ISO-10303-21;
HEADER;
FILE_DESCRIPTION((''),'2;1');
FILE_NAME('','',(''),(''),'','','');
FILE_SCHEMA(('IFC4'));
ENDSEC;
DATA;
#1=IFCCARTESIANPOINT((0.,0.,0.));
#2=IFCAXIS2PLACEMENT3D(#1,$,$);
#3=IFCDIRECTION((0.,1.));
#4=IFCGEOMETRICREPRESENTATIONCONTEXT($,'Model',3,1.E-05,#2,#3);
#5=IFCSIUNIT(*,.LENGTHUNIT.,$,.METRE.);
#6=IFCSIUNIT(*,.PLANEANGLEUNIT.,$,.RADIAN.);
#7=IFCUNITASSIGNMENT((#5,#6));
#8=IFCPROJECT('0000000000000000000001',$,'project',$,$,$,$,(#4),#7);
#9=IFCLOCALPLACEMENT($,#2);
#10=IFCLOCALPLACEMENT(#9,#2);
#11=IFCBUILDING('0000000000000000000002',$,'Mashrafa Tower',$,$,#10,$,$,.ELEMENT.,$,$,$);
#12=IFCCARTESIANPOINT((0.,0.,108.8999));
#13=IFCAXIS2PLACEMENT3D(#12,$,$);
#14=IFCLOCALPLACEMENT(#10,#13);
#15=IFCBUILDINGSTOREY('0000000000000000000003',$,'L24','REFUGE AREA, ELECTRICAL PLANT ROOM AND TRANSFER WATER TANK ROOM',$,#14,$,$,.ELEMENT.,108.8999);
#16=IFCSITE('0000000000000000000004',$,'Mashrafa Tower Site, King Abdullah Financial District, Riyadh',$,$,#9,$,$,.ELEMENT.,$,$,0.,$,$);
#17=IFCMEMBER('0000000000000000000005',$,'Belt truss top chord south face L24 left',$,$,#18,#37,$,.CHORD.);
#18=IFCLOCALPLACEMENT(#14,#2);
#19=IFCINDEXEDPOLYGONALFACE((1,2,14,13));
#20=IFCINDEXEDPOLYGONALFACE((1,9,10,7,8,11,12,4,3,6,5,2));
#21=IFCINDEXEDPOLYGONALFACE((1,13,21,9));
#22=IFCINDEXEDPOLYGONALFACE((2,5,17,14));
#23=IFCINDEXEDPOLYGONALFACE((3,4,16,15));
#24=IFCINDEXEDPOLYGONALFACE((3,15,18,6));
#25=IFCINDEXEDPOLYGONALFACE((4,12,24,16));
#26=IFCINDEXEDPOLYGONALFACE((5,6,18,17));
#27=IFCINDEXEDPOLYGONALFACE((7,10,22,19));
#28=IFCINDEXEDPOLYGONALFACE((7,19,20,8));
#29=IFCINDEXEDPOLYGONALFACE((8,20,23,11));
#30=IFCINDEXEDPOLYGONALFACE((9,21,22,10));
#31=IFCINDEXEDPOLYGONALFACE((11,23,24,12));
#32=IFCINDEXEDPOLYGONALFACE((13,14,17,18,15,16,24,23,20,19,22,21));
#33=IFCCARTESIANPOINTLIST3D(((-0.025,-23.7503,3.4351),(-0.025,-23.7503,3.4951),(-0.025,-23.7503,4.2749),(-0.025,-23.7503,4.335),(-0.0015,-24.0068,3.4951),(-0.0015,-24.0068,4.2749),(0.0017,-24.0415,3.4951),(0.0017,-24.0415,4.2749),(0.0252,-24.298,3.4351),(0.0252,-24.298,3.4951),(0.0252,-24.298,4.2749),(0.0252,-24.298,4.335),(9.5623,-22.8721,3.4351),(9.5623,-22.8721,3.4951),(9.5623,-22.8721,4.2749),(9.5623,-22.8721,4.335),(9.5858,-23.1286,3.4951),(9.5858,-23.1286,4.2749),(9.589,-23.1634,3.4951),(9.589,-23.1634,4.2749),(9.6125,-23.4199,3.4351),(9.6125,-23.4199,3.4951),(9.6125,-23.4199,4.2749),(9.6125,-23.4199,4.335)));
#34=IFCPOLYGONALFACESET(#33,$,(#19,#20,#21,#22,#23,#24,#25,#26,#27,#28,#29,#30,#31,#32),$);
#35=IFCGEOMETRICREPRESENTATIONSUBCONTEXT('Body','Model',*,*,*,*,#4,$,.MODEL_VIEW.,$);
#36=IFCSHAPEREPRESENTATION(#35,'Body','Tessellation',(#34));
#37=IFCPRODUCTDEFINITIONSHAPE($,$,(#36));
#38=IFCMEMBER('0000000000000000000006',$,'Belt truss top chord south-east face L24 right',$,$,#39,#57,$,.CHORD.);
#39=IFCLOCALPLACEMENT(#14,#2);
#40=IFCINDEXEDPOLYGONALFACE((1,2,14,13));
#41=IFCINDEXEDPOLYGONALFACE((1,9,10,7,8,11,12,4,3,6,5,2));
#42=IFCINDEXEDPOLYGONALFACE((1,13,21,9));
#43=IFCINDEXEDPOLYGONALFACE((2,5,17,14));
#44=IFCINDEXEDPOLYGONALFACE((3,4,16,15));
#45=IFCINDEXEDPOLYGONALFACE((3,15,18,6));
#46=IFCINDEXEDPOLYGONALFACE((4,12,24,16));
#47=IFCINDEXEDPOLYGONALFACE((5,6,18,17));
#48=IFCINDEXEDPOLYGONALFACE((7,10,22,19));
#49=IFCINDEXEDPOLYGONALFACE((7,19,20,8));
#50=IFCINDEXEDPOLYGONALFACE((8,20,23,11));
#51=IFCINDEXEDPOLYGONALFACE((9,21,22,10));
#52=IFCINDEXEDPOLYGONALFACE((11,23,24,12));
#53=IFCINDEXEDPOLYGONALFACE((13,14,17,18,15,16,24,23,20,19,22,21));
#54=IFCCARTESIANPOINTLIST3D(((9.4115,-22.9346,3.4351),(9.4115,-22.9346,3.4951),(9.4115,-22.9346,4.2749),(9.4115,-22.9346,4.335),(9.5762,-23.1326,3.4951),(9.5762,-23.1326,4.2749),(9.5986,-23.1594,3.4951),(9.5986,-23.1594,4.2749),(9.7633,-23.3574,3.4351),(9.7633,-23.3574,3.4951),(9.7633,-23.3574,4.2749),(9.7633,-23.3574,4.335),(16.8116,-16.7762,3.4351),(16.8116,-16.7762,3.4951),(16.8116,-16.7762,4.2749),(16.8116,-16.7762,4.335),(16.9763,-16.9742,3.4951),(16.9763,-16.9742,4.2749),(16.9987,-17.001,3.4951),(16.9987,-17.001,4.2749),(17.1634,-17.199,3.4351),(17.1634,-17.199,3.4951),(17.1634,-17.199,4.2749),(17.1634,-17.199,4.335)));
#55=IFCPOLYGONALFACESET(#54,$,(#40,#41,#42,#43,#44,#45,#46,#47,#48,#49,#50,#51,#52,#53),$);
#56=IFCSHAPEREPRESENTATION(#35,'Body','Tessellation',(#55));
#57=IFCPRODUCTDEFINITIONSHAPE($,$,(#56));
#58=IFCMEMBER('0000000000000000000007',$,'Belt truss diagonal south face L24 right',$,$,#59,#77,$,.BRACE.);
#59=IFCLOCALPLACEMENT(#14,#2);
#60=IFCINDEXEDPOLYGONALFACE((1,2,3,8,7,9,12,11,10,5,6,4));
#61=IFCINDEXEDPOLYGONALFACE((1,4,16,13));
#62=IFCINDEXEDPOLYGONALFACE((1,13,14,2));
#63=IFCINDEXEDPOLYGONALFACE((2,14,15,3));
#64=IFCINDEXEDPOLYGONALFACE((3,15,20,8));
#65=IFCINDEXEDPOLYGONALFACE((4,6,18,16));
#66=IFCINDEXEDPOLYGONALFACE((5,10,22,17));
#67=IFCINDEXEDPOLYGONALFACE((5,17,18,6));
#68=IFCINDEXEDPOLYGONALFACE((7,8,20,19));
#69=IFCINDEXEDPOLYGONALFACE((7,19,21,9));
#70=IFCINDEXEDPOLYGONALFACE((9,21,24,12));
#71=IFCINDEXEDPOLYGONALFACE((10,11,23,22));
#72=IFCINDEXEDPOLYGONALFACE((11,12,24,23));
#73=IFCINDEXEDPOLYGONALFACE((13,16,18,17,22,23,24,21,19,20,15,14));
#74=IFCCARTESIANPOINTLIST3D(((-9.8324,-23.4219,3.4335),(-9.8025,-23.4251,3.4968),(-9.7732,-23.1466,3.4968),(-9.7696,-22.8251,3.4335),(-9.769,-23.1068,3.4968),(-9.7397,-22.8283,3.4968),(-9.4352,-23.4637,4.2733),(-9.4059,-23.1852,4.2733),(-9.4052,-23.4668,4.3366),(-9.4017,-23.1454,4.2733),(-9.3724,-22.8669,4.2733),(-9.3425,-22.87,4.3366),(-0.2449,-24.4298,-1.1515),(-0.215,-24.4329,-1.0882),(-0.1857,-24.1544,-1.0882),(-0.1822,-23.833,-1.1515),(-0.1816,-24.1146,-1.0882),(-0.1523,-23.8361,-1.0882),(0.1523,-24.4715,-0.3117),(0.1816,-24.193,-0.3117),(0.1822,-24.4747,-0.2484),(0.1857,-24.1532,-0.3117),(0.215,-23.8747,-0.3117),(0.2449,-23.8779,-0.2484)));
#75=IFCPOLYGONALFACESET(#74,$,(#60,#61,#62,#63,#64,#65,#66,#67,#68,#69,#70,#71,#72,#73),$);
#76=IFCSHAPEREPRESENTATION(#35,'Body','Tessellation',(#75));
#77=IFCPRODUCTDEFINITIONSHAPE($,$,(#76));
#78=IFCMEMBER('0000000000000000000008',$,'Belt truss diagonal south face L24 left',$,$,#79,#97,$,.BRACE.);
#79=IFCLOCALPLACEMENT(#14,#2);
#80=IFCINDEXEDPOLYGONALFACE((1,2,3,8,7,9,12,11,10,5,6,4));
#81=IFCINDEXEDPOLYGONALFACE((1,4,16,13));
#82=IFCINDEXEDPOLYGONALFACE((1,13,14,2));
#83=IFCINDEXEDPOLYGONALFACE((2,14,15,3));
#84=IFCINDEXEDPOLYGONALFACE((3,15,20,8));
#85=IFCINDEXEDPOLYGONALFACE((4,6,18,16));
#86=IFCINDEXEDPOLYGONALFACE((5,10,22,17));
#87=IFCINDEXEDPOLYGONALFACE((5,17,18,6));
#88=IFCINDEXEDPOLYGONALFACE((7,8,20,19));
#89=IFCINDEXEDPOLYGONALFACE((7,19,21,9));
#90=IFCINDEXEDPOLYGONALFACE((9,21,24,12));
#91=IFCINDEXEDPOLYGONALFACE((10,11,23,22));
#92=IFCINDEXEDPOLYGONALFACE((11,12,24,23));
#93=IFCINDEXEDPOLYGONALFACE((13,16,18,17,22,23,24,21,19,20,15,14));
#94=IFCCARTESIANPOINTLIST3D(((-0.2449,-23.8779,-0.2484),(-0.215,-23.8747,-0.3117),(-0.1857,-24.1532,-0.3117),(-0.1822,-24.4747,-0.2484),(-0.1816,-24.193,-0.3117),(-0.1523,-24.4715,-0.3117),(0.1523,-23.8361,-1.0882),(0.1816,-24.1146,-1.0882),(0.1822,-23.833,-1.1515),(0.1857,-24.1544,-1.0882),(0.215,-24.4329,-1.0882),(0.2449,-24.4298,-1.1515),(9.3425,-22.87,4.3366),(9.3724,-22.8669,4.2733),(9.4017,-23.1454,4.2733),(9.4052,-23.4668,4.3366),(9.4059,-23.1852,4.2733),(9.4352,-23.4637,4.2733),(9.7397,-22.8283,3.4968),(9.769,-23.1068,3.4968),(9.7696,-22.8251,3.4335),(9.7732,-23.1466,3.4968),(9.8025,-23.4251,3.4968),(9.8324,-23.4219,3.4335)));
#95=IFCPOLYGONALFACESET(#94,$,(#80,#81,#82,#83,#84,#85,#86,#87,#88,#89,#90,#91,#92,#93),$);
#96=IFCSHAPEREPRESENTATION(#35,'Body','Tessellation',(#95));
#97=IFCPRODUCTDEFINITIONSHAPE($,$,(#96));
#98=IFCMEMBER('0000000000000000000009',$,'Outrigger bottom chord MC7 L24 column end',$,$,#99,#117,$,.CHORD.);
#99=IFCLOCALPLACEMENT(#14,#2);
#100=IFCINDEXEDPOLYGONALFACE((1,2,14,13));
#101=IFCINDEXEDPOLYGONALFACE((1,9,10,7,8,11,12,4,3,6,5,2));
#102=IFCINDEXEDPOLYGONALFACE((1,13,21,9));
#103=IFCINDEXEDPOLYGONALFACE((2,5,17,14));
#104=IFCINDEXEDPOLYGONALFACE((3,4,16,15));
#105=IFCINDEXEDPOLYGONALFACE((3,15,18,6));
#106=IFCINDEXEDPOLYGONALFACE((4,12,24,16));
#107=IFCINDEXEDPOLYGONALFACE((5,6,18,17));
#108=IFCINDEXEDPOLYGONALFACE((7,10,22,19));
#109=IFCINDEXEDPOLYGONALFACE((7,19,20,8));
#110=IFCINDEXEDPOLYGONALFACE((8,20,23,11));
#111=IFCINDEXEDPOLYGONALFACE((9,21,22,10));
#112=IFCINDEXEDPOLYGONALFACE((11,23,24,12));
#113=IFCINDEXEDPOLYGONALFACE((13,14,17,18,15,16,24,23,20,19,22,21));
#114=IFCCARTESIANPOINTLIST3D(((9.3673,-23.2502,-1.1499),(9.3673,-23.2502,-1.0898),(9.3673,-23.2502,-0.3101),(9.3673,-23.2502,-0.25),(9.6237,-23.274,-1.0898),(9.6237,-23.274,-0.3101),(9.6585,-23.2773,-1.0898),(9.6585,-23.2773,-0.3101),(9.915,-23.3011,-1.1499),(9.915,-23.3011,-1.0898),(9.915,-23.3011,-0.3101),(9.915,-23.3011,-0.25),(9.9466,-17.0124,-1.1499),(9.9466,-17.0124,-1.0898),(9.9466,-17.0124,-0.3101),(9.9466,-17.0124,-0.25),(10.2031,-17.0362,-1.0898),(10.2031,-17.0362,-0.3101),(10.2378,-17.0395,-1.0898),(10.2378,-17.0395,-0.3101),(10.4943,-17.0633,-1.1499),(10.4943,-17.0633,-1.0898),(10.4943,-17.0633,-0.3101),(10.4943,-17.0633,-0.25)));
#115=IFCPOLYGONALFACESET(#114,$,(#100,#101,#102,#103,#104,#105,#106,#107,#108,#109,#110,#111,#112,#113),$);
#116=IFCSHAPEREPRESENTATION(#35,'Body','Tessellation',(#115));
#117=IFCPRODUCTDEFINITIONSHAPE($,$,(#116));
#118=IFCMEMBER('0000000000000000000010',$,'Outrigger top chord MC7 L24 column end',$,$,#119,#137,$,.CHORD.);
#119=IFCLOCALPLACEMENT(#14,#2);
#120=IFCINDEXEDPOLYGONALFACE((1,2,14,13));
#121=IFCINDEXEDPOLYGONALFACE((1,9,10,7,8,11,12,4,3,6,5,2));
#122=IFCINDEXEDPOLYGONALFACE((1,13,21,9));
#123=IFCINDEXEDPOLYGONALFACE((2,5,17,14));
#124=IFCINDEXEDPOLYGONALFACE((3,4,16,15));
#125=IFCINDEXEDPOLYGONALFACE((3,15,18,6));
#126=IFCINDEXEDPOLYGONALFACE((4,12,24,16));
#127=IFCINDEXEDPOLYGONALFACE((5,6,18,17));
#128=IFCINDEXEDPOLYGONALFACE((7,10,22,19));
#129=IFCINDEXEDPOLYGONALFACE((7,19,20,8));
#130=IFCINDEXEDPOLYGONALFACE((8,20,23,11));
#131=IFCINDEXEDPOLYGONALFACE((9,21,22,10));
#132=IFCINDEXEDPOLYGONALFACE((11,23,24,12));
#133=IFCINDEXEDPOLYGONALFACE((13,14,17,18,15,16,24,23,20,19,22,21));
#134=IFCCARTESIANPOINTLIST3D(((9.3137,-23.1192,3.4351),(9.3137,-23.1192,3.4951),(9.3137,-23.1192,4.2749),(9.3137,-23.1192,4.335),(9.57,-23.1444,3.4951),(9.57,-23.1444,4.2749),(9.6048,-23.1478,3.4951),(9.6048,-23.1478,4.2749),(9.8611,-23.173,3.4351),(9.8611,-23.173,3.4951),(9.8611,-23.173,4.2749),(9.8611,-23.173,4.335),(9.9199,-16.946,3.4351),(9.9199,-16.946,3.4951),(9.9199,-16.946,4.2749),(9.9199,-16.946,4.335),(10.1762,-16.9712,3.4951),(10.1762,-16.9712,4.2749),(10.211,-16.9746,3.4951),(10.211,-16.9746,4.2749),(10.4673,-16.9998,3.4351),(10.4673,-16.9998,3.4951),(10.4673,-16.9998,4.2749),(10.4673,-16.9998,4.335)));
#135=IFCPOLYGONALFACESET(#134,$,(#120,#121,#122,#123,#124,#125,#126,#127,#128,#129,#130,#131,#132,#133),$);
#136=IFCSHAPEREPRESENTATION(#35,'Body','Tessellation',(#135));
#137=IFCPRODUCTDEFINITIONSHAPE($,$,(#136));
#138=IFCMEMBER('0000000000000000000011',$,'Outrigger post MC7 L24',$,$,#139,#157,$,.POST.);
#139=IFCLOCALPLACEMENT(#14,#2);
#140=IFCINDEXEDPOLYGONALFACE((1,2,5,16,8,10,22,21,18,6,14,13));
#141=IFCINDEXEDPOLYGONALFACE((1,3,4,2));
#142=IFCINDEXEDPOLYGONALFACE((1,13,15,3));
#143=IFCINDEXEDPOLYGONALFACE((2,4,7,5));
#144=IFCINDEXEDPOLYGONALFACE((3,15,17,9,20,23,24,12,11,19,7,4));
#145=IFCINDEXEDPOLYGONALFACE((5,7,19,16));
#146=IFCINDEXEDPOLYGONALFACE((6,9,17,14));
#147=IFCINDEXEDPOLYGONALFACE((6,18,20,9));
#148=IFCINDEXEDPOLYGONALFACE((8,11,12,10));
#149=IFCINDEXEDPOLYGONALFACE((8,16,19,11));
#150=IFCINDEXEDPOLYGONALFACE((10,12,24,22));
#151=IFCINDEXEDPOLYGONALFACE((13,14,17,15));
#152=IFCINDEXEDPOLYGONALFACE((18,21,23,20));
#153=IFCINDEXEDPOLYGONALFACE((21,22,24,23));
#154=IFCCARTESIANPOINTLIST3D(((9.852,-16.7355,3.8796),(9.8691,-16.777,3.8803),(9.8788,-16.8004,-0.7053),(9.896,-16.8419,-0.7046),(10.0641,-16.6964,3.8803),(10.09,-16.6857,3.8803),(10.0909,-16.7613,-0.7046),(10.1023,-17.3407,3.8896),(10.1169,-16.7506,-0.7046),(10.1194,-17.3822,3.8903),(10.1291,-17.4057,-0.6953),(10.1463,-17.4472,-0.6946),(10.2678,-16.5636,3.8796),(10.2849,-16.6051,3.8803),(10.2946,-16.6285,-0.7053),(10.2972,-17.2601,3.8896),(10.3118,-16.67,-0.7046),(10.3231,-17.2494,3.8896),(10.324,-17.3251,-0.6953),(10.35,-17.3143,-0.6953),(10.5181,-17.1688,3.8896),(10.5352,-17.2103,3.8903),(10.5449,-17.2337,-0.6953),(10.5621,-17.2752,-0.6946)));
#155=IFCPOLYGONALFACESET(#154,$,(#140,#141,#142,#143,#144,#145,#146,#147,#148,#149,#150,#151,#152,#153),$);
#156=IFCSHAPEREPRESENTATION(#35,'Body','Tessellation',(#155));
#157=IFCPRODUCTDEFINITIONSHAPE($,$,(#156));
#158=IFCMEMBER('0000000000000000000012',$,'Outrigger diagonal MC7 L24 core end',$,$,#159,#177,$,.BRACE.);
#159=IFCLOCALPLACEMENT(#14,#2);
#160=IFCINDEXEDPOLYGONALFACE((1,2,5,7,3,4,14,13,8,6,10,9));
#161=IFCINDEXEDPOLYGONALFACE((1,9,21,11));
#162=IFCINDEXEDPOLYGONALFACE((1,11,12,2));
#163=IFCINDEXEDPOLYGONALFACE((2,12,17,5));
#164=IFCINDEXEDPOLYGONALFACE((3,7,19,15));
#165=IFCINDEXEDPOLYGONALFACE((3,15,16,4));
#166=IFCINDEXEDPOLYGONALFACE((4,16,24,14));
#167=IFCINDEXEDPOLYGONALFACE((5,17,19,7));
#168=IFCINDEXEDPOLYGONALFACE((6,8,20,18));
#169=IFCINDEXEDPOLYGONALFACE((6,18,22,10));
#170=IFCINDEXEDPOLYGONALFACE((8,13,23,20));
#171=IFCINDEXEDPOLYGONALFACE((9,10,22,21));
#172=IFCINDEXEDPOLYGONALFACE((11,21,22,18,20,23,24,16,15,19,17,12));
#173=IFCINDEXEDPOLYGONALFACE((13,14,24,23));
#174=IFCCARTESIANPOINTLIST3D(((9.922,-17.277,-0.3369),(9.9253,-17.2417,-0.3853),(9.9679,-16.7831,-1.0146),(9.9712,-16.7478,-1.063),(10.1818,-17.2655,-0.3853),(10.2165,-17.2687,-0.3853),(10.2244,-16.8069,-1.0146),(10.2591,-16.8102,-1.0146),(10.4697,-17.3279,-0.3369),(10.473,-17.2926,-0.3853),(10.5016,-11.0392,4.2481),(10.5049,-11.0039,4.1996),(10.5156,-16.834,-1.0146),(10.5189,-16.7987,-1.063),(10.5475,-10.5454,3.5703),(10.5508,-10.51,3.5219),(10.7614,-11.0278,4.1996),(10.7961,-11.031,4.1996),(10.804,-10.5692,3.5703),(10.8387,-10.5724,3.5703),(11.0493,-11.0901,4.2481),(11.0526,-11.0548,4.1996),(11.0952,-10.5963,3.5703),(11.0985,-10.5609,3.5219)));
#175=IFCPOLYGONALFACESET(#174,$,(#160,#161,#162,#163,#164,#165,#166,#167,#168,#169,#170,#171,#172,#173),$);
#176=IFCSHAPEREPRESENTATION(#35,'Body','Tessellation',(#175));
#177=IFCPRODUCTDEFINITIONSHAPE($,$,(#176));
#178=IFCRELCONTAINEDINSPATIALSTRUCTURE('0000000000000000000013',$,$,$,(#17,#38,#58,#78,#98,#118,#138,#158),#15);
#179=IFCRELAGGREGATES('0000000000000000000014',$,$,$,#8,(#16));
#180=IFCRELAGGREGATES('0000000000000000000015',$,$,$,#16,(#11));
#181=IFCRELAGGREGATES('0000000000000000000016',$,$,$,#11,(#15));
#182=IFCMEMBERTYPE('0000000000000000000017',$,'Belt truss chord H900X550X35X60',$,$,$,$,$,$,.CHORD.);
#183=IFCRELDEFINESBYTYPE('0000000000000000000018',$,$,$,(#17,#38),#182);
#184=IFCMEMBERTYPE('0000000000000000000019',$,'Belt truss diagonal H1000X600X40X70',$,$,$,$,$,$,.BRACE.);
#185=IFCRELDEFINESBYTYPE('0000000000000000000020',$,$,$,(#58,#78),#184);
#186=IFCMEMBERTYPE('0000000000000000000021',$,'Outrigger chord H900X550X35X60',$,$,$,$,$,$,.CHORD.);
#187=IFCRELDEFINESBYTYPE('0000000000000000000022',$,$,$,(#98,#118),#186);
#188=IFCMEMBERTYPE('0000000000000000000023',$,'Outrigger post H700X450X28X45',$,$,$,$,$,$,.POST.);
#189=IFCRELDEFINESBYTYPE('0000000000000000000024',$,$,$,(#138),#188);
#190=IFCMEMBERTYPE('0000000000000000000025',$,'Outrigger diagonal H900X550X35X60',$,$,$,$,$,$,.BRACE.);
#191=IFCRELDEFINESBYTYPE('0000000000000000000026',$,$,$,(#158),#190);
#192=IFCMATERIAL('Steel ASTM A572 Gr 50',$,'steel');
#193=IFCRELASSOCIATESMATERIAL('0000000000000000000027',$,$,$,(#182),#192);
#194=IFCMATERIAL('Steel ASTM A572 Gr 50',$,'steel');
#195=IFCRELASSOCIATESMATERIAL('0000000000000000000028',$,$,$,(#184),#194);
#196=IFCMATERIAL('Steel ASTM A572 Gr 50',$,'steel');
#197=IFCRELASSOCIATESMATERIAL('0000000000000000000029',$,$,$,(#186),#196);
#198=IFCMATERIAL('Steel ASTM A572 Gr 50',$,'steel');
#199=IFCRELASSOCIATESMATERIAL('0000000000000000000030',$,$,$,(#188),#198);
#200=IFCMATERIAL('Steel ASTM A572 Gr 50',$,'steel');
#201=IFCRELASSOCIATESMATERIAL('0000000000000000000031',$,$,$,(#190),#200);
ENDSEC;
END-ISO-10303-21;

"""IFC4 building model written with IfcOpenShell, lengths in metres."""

from ifc_helpers import new_model, si_unit, direction, frame, origin, origin_2d, place, context, subcontext, project, spatial, i_section, extrude, source, transform, mapped, material, material_profile, profile_set, type_object, type_shapes, element, save


model = new_model("IFC4")

# Units and contexts
model_context = context("Model", 3, precision=1e-05, world=origin(), true_north=direction((0.0, 1.0)))
body_context = subcontext(model_context, "Body", "Model", "MODEL_VIEW")
ifc_project = project(units=[si_unit("LENGTHUNIT", "METRE"), si_unit("PLANEANGLEUNIT", "RADIAN")], contexts=[model_context])

# Site, building, storey
site_placement = place(None, origin())
site = spatial("IfcSite", under=ifc_project, at=site_placement, Name="Mashrafa Tower Site, King Abdullah Financial District, Riyadh", CompositionType="ELEMENT", RefElevation=0.0)
building_placement = place(site_placement, origin())
building = spatial("IfcBuilding", under=site, at=building_placement, Name="Mashrafa Tower", CompositionType="ELEMENT")
storey_placement = place(building_placement, frame((0.0, 0.0, 108.8999)))
storey = spatial("IfcBuildingStorey", under=building, at=storey_placement, Name="L24", Description="REFUGE AREA, ELECTRICAL PLANT ROOM AND TRANSFER WATER TANK ROOM", CompositionType="ELEMENT", Elevation=108.8999)

# Members
ifc_material_1 = material(Name="Steel ASTM A572 Gr 50", Category="steel")
ifc_material_profile_1 = material_profile(ifc_material_1, i_section(OverallWidth=0.55, OverallDepth=0.8999, WebThickness=0.0349, FlangeThickness=0.0601, at=origin_2d()), Name="H900X550X35X60")
ifc_profile_set_1 = profile_set([ifc_material_profile_1], Name="Steel ASTM A572 Gr 50")
member_type_1 = type_object("IfcMemberType", Name="Belt truss chord H900X550X35X60", PredefinedType="CHORD", material=ifc_profile_set_1)
shared_shape_1 = source(origin(), body_context, "Body", "SweptSolid", [
    extrude(i_section(OverallWidth=0.55, OverallDepth=0.8999, WebThickness=0.0349, FlangeThickness=0.0601, at=origin_2d()), origin(), (0.0, 0.0, 1.0), 9.6274),
])
for number, where, z_axis, x_axis, name in (
    (1, (9.5874, -23.146, 3.885), (-0.995831, -0.091215, 0.0), (0.091215, -0.995831, 0.0), "Belt truss top chord south face L24 left"),
    (2, (9.5874, -23.146, 3.885), (0.768647, 0.639673, 0.0), (-0.639673, 0.768647, 0.0), "Belt truss top chord south-east face L24 right"),
):
    element("IfcMember", number, at=place(storey_placement, frame(where, z_axis=z_axis, x_axis=x_axis)), inside=storey, type_object=member_type_1, Name=name, PredefinedType="CHORD", context=body_context, shape_type="MappedRepresentation", body=[
        mapped(shared_shape_1, transform((0.0, 0.0, 0.0))),
    ])
ifc_material_2 = material(Name="Steel ASTM A572 Gr 50", Category="steel")
ifc_material_profile_2 = material_profile(ifc_material_2, i_section(OverallWidth=0.6001, OverallDepth=1.0, WebThickness=0.04, FlangeThickness=0.0701, at=origin_2d()), Name="H1000X600X40X70")
ifc_profile_set_2 = profile_set([ifc_material_profile_2], Name="Steel ASTM A572 Gr 50")
member_type_2 = type_object("IfcMemberType", Name="Belt truss diagonal H1000X600X40X70", PredefinedType="BRACE", material=ifc_profile_set_2)
shared_shape_2 = source(origin(), body_context, "Body", "SweptSolid", [
    extrude(i_section(OverallWidth=0.6001, OverallDepth=1.0, WebThickness=0.04, FlangeThickness=0.0701, at=origin_2d()), origin(), (0.0, 0.0, 1.0), 10.675),
])
type_shapes(member_type_2, [shared_shape_2])
for number, where, z_axis, x_axis, name in (
    (3, (0.0, -24.1538, -0.7), (-0.898116, 0.094409, 0.429504), (-0.104542, -0.99452, 0.0), "Belt truss diagonal south face L24 right"),
    (4, (0.0, -24.1538, -0.7), (0.898116, 0.094409, 0.429504), (-0.104542, 0.99452, 0.0), "Belt truss diagonal south face L24 left"),
):
    element("IfcMember", number, at=place(storey_placement, frame(where, z_axis=z_axis, x_axis=x_axis)), inside=storey, type_object=member_type_2, Name=name, PredefinedType="BRACE", context=body_context, shape_type="MappedRepresentation", body=[
        mapped(shared_shape_2, transform((0.0, 0.0, 0.0))),
    ])
ifc_material_3 = material(Name="Steel ASTM A572 Gr 50", Category="steel")
ifc_material_profile_3 = material_profile(ifc_material_3, i_section(OverallWidth=0.55, OverallDepth=0.8999, WebThickness=0.0349, FlangeThickness=0.0601, at=origin_2d()), Name="H900X550X35X60")
ifc_profile_set_3 = profile_set([ifc_material_profile_3], Name="Steel ASTM A572 Gr 50")
member_type_3 = type_object("IfcMemberType", Name="Outrigger chord H900X550X35X60", PredefinedType="CHORD", material=ifc_profile_set_3)
shared_shape_3 = source(origin(), body_context, "Body", "SweptSolid", [
    extrude(i_section(OverallWidth=0.55, OverallDepth=0.8999, WebThickness=0.0349, FlangeThickness=0.0601, at=origin_2d()), origin(), (0.0, 0.0, 1.0), 6.2646),
])
member_1_placement = place(storey_placement, frame((10.2205, -17.0378, -0.7), z_axis=(-0.092479, -0.995715, 0.0), x_axis=(0.995715, -0.092479, 0.0)))
element("IfcMember", 5, at=member_1_placement, inside=storey, type_object=member_type_3, Name="Outrigger bottom chord MC7 L24 column end", PredefinedType="CHORD", context=body_context, shape_type="MappedRepresentation", body=[
    mapped(shared_shape_3, transform((0.0, 0.0, 0.0))),
])
shared_shape_4 = source(origin(), body_context, "Body", "SweptSolid", [
    extrude(i_section(OverallWidth=0.55, OverallDepth=0.8999, WebThickness=0.0349, FlangeThickness=0.0601, at=origin_2d()), origin(), (0.0, 0.0, 1.0), 6.2029),
])
type_shapes(member_type_3, [shared_shape_3, shared_shape_4])
member_2_placement = place(storey_placement, frame((10.1936, -16.9729, 3.885), z_axis=(-0.09773, -0.995213, 0.0), x_axis=(0.995213, -0.09773, 0.0)))
element("IfcMember", 6, at=member_2_placement, inside=storey, type_object=member_type_3, Name="Outrigger top chord MC7 L24 column end", PredefinedType="CHORD", context=body_context, shape_type="MappedRepresentation", body=[
    mapped(shared_shape_4, transform((0.0, 0.0, 0.0))),
])
ifc_material_4 = material(Name="Steel ASTM A572 Gr 50", Category="steel")
ifc_material_profile_4 = material_profile(ifc_material_4, i_section(OverallWidth=0.45, OverallDepth=0.7, WebThickness=0.0281, FlangeThickness=0.0449, at=origin_2d()), Name="H700X450X28X45")
ifc_profile_set_4 = profile_set([ifc_material_profile_4], Name="Steel ASTM A572 Gr 50")
member_type_4 = type_object("IfcMemberType", Name="Outrigger post H700X450X28X45", PredefinedType="POST", material=ifc_profile_set_4)
shared_shape_5 = source(origin(), body_context, "Body", "SweptSolid", [
    extrude(i_section(OverallWidth=0.45, OverallDepth=0.7, WebThickness=0.0281, FlangeThickness=0.0449, at=origin_2d()), origin(), (0.0, 0.0, 1.0), 4.5854),
])
type_shapes(member_type_4, [shared_shape_5])
member_3_placement = place(storey_placement, frame((10.2205, -17.0378, -0.7), z_axis=(-0.005857, 0.014162, 0.999883), x_axis=(-0.924101, -0.382147, 0.0)))
element("IfcMember", 7, at=member_3_placement, inside=storey, type_object=member_type_4, Name="Outrigger post MC7 L24", PredefinedType="POST", context=body_context, shape_type="MappedRepresentation", body=[
    mapped(shared_shape_5, transform((0.0, 0.0, 0.0))),
])
ifc_material_5 = material(Name="Steel ASTM A572 Gr 50", Category="steel")
ifc_material_profile_5 = material_profile(ifc_material_5, i_section(OverallWidth=0.55, OverallDepth=0.8999, WebThickness=0.0349, FlangeThickness=0.0601, at=origin_2d()), Name="H900X550X35X60")
ifc_profile_set_5 = profile_set([ifc_material_profile_5], Name="Steel ASTM A572 Gr 50")
member_type_5 = type_object("IfcMemberType", Name="Outrigger diagonal H900X550X35X60", PredefinedType="BRACE", material=ifc_profile_set_5)
shared_shape_6 = source(origin(), body_context, "Body", "SweptSolid", [
    extrude(i_section(OverallWidth=0.55, OverallDepth=0.8999, WebThickness=0.0349, FlangeThickness=0.0601, at=origin_2d()), origin(), (0.0, 0.0, 1.0), 7.7632),
])
member_4_placement = place(storey_placement, frame((10.2205, -17.0378, -0.7), z_axis=(0.074658, 0.803504, 0.590599), x_axis=(-0.995711, 0.092517, 0.0)))
element("IfcMember", 8, at=member_4_placement, inside=storey, type_object=member_type_5, Name="Outrigger diagonal MC7 L24 core end", PredefinedType="BRACE", context=body_context, shape_type="MappedRepresentation", body=[
    mapped(shared_shape_6, transform((0.0, 0.0, 0.0))),
])

save(model, "model.ifc")
